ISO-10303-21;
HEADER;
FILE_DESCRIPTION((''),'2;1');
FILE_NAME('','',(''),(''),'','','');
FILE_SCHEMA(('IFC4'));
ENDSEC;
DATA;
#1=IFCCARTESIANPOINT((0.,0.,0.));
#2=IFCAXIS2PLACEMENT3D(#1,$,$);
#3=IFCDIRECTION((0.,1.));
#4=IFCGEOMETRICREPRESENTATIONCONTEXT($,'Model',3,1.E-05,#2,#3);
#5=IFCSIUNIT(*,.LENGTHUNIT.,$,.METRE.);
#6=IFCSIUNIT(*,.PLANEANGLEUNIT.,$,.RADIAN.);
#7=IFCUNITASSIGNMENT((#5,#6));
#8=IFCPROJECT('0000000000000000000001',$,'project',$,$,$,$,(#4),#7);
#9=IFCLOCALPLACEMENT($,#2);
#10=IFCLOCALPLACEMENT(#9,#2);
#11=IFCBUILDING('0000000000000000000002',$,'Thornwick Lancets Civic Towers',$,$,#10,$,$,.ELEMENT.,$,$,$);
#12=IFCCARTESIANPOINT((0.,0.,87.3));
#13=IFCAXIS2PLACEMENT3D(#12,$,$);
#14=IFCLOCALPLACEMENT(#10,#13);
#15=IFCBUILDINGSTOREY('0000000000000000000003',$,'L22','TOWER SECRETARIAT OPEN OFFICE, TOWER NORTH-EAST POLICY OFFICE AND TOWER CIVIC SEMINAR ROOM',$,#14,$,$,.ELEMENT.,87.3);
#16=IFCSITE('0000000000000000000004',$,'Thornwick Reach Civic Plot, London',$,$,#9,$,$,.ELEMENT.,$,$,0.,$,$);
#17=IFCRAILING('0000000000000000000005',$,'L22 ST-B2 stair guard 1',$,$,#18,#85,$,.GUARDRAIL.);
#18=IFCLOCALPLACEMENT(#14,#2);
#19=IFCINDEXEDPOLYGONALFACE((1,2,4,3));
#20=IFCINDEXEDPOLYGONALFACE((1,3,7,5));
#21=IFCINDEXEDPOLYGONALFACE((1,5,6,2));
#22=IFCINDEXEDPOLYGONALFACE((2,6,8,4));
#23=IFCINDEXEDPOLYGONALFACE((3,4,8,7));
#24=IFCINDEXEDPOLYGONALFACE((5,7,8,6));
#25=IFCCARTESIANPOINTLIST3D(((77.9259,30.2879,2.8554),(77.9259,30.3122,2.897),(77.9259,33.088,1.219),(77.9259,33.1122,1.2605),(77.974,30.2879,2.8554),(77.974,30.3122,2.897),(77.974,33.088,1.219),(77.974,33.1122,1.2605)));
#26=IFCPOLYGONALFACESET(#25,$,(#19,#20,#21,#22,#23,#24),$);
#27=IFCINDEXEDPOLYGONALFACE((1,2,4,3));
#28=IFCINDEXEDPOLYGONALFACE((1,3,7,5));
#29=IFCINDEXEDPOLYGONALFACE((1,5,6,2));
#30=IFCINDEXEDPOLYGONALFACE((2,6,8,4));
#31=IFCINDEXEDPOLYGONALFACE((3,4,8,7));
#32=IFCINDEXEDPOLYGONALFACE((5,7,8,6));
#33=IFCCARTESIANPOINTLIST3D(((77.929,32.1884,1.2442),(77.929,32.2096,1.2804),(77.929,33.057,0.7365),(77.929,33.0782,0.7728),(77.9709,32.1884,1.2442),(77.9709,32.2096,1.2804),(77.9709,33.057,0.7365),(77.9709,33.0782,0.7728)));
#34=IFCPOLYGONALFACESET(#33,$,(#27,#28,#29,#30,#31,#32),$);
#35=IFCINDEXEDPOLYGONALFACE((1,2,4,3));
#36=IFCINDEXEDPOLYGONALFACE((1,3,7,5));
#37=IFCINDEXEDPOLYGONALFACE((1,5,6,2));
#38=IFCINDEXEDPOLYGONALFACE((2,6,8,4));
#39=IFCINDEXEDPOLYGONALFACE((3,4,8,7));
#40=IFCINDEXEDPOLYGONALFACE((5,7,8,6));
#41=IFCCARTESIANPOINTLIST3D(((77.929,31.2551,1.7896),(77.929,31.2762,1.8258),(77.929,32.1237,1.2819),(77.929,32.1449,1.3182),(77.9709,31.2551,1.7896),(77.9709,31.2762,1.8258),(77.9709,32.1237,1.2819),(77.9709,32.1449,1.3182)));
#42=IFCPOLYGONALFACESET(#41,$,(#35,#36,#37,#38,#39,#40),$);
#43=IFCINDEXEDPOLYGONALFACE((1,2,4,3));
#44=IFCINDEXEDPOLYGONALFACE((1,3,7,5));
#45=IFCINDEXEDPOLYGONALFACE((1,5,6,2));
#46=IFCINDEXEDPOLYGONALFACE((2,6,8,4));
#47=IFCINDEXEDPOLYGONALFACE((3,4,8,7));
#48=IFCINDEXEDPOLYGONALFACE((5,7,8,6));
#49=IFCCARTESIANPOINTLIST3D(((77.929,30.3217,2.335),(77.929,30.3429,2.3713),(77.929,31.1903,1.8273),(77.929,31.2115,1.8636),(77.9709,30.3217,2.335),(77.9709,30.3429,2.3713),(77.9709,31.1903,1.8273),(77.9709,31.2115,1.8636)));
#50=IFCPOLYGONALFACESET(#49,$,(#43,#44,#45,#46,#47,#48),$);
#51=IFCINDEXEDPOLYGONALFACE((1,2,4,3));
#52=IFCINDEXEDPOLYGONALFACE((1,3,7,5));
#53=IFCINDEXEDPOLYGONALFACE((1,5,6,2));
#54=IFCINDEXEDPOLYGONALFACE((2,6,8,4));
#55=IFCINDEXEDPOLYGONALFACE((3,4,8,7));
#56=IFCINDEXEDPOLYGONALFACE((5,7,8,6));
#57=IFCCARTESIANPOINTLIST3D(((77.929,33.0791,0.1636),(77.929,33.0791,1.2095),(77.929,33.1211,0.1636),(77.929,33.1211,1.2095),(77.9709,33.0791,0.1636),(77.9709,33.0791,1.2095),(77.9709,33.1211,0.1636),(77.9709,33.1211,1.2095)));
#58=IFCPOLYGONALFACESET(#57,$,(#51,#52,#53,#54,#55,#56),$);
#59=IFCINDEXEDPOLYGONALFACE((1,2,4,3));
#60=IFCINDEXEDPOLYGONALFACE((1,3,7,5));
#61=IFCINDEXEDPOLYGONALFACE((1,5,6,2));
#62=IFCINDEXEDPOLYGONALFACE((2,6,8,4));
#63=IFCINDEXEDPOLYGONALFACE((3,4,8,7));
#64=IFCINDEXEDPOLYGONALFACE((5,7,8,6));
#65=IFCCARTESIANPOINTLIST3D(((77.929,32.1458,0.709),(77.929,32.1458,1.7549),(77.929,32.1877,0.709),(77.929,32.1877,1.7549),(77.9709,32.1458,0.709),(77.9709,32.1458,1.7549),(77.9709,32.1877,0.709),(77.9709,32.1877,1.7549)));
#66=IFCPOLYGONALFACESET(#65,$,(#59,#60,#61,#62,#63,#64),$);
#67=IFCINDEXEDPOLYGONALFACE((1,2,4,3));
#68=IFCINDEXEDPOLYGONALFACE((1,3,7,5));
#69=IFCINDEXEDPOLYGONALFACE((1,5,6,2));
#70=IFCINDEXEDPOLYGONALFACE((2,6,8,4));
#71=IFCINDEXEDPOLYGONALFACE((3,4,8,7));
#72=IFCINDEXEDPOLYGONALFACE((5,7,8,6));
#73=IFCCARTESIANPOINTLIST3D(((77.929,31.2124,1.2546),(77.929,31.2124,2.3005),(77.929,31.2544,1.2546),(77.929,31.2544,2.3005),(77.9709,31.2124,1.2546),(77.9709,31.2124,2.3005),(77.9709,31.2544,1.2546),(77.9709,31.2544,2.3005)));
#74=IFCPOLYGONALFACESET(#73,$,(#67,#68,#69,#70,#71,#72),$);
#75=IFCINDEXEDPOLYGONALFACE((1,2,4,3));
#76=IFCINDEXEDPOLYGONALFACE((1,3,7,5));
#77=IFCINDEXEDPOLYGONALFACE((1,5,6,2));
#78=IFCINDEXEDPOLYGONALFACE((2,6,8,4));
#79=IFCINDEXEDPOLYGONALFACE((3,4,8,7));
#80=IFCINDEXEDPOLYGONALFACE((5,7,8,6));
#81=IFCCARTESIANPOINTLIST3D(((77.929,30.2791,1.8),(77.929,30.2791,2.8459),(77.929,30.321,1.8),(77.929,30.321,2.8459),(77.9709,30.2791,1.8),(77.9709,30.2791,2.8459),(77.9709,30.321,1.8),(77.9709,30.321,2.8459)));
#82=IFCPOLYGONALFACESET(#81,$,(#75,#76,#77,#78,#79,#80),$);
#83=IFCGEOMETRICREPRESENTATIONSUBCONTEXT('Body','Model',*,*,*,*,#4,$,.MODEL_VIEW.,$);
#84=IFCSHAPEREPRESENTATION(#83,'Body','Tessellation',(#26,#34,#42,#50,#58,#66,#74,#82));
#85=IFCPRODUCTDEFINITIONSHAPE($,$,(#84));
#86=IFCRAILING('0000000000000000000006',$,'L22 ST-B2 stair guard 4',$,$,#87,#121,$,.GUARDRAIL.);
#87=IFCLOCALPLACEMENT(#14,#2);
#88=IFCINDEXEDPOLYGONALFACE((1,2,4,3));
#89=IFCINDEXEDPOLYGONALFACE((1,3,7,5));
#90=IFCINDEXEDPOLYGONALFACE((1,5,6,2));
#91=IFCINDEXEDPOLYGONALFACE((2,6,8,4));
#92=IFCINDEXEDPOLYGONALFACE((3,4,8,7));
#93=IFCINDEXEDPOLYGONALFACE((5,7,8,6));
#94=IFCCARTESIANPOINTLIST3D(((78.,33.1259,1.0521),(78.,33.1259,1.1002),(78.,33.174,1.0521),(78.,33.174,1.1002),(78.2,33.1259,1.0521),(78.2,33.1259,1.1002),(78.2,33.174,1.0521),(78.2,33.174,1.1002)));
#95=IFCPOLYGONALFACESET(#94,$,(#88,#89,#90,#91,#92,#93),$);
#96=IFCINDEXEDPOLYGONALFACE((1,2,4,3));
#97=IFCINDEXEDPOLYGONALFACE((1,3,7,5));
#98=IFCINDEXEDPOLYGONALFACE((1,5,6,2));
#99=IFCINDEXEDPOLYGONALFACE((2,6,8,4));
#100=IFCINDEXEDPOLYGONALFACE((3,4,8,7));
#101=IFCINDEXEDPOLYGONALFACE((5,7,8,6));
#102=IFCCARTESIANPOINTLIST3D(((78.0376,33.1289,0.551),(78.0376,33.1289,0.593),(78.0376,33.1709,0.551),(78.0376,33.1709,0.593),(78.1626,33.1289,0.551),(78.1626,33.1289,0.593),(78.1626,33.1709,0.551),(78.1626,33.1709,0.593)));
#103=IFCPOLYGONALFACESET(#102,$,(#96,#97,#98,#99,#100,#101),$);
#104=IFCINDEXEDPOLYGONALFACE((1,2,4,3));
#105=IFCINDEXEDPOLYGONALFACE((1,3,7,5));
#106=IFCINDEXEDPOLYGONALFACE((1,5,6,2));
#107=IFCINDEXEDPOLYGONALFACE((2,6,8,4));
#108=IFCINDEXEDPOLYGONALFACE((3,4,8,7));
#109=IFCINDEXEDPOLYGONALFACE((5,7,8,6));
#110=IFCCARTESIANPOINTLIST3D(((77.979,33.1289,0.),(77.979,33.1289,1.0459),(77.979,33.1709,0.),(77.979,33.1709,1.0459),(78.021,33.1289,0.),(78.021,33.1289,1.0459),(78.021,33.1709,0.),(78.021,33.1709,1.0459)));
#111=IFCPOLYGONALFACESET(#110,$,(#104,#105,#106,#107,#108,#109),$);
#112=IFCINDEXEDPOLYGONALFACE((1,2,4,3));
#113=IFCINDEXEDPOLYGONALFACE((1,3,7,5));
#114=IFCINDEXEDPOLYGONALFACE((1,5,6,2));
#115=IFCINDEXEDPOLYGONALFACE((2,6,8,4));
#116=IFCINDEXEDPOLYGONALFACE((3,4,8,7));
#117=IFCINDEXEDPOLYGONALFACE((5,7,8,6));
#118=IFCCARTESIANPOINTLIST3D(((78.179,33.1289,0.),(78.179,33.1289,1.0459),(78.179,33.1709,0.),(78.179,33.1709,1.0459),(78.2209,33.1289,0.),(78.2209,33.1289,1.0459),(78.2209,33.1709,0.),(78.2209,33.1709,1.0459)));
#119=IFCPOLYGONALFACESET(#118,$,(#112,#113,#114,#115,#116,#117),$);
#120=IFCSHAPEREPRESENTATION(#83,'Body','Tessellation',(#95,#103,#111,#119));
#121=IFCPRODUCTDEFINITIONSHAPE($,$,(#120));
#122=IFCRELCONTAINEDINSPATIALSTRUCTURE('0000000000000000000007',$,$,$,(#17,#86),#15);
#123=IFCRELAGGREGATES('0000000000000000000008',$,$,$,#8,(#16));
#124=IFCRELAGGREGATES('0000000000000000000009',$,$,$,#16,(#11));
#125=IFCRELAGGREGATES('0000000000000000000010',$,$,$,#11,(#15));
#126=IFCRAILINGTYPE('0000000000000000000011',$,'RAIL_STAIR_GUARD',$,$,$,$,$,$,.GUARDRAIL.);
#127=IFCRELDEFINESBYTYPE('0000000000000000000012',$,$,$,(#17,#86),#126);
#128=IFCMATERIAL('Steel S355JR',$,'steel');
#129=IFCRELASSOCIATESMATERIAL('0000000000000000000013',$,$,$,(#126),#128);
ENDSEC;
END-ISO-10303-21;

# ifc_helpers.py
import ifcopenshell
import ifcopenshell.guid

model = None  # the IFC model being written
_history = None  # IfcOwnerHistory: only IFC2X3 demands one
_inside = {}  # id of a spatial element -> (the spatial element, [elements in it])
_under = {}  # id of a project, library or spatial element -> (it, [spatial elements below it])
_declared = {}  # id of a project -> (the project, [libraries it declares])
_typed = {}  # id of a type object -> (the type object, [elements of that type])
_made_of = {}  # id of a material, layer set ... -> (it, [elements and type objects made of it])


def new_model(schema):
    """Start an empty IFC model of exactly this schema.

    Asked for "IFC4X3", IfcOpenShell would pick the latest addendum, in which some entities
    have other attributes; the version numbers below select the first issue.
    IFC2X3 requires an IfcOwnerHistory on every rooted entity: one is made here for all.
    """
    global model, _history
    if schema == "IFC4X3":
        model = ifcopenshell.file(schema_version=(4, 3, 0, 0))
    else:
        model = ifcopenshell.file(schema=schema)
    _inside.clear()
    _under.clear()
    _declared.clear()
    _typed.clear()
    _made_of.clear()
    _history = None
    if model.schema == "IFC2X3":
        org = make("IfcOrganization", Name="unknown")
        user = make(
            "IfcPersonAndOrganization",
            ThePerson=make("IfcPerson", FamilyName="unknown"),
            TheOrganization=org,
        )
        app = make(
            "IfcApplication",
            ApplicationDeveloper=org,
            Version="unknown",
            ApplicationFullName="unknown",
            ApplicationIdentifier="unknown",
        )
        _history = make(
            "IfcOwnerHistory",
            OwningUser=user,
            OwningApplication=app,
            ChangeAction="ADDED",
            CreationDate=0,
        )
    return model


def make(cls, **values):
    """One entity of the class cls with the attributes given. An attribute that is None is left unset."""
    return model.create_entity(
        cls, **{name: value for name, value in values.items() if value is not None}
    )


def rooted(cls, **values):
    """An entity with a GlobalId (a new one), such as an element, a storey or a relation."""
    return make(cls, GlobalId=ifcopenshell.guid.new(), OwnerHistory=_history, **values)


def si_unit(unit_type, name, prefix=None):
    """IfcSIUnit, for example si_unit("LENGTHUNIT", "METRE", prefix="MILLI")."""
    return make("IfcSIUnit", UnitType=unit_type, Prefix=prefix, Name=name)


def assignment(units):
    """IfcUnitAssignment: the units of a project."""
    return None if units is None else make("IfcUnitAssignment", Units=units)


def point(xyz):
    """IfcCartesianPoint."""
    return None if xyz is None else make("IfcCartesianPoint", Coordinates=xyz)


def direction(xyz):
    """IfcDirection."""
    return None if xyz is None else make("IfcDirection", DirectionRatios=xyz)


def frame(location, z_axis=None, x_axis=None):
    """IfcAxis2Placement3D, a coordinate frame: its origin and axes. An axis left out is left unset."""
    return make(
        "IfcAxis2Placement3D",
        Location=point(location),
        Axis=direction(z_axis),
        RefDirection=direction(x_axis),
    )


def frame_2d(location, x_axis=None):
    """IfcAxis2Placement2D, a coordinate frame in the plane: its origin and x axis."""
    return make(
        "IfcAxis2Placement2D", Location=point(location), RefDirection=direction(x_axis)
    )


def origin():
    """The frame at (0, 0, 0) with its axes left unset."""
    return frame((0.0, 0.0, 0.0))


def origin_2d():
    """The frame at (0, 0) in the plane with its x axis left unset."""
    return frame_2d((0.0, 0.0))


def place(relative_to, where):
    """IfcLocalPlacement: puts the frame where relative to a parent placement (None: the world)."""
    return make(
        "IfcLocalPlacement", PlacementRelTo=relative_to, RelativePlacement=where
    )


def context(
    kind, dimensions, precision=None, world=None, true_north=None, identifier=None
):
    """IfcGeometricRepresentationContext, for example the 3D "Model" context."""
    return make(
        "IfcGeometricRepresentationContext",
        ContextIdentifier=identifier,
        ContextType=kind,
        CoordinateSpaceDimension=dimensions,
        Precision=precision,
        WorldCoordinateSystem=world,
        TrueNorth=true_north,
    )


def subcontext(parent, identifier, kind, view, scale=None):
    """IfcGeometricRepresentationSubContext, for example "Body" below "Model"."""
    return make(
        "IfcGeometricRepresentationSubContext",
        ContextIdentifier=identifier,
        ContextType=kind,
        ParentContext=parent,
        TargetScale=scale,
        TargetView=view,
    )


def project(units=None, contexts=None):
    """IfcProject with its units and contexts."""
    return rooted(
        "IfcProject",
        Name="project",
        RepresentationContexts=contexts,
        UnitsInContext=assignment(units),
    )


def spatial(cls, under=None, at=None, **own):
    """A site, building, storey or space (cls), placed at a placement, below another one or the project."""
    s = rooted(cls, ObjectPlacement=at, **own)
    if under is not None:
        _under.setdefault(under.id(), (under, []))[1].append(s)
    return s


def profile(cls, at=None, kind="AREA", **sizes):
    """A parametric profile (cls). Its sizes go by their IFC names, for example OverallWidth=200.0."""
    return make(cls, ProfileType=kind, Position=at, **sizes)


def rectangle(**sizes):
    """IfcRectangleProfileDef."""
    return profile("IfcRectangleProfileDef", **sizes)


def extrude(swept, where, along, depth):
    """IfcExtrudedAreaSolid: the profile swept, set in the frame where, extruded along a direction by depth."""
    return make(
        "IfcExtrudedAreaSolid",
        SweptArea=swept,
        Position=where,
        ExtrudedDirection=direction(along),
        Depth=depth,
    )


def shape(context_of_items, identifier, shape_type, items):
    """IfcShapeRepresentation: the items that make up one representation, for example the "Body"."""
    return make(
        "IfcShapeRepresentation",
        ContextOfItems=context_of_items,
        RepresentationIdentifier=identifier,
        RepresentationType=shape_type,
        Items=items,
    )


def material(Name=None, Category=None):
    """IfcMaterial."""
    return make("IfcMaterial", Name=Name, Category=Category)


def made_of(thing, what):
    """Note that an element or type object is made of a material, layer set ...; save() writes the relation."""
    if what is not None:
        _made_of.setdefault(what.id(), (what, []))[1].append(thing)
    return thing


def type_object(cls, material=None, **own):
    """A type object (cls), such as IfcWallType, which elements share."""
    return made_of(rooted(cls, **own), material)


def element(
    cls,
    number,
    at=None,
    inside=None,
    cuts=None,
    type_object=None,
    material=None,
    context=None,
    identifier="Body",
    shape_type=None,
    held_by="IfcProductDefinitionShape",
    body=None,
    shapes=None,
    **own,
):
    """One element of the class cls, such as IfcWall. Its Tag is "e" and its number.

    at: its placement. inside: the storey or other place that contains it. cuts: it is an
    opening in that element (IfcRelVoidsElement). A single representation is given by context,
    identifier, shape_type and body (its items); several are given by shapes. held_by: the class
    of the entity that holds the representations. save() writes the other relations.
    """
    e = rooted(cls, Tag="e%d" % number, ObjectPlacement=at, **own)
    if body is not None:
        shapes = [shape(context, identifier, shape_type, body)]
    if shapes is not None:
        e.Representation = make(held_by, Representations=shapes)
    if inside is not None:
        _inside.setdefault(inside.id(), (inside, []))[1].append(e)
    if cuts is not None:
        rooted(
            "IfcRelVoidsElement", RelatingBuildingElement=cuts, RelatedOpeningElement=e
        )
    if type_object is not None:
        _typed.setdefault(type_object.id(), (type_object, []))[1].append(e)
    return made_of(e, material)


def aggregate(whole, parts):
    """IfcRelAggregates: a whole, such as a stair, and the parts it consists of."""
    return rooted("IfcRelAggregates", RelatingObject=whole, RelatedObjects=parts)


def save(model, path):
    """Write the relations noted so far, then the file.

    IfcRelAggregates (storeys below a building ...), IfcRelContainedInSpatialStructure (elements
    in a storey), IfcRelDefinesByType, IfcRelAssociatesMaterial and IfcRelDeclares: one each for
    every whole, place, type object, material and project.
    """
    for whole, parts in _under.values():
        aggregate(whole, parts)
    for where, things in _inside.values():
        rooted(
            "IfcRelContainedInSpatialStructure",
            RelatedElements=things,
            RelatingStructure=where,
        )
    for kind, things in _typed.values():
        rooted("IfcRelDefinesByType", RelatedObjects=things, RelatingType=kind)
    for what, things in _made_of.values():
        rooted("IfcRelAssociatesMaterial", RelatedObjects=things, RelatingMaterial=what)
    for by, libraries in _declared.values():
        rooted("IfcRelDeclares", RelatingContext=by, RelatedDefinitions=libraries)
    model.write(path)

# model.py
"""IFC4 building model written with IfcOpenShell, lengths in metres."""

from ifc_helpers import new_model, si_unit, direction, frame, origin, origin_2d, place, context, subcontext, project, spatial, rectangle, extrude, material, type_object, element, save


model = new_model("IFC4")

# Units and contexts
model_context = context("Model", 3, precision=1e-05, world=origin(), true_north=direction((0.0, 1.0)))
body_context = subcontext(model_context, "Body", "Model", "MODEL_VIEW")
ifc_project = project(units=[si_unit("LENGTHUNIT", "METRE"), si_unit("PLANEANGLEUNIT", "RADIAN")], contexts=[model_context])

# Site, building, storey
site_placement = place(None, origin())
site = spatial("IfcSite", under=ifc_project, at=site_placement, Name="Thornwick Reach Civic Plot, London", CompositionType="ELEMENT", RefElevation=0.0)
building_placement = place(site_placement, origin())
building = spatial("IfcBuilding", under=site, at=building_placement, Name="Thornwick Lancets Civic Towers", CompositionType="ELEMENT")
storey_placement = place(building_placement, frame((0.0, 0.0, 87.3)))
storey = spatial("IfcBuildingStorey", under=building, at=storey_placement, Name="L22", Description="TOWER SECRETARIAT OPEN OFFICE, TOWER NORTH-EAST POLICY OFFICE AND TOWER CIVIC SEMINAR ROOM", CompositionType="ELEMENT", Elevation=87.3)

# Railings
ifc_material_1 = material(Name="Steel S355JR", Category="steel")
railing_type_1 = type_object("IfcRailingType", Name="RAIL_STAIR_GUARD", PredefinedType="GUARDRAIL", material=ifc_material_1)
railing_1_placement = place(storey_placement, frame((77.95, 33.1001, 0.1636)))
element("IfcRailing", 1, at=railing_1_placement, inside=storey, type_object=railing_type_1, Name="L22 ST-B2 stair guard 1", PredefinedType="GUARDRAIL", context=body_context, shape_type="SweptSolid", body=[
    extrude(rectangle(XDim=0.0481, YDim=0.0481, at=origin_2d()), frame((0.0, 0.0, 1.0762), z_axis=(0.0, -0.863361, 0.504587), x_axis=(1.0, 0.0, 0.0)), (0.0, 0.0, 1.0), 3.2432),
    extrude(rectangle(XDim=0.042, YDim=0.042, at=origin_2d()), frame((0.0, -0.0325, 0.5911), z_axis=(0.0, -0.863361, 0.504587), x_axis=(1.0, 0.0, 0.0)), (0.0, 0.0, 1.0), 1.0061),
    extrude(rectangle(XDim=0.042, YDim=0.042, at=origin_2d()), frame((0.0, -0.9658, 1.1365), z_axis=(0.0, -0.863361, 0.504587), x_axis=(1.0, 0.0, 0.0)), (0.0, 0.0, 1.0), 1.0061),
    extrude(rectangle(XDim=0.042, YDim=0.042, at=origin_2d()), frame((0.0, -1.8992, 1.6819), z_axis=(0.0, -0.863361, 0.504587), x_axis=(1.0, 0.0, 0.0)), (0.0, 0.0, 1.0), 1.0061),
    extrude(rectangle(XDim=0.042, YDim=0.042, at=origin_2d()), origin(), (0.0, 0.0, 1.0), 1.0459),
    extrude(rectangle(XDim=0.042, YDim=0.042, at=origin_2d()), frame((0.0, -0.9333, 0.5454)), (0.0, 0.0, 1.0), 1.0459),
    extrude(rectangle(XDim=0.042, YDim=0.042, at=origin_2d()), frame((0.0, -1.8667, 1.0911)), (0.0, 0.0, 1.0), 1.0459),
    extrude(rectangle(XDim=0.042, YDim=0.042, at=origin_2d()), frame((0.0, -2.8, 1.6365)), (0.0, 0.0, 1.0), 1.0459),
])
railing_2_placement = place(storey_placement, frame((78.0, 33.1499, 0.0)))
element("IfcRailing", 2, at=railing_2_placement, inside=storey, type_object=railing_type_1, Name="L22 ST-B2 stair guard 4", PredefinedType="GUARDRAIL", context=body_context, shape_type="SweptSolid", body=[
    extrude(rectangle(XDim=0.0481, YDim=0.0481, at=origin_2d()), frame((0.0, 0.0, 1.0762), z_axis=(1.0, 0.0, 0.0), x_axis=(0.0, 1.0, 0.0)), (0.0, 0.0, 1.0), 0.2),
    extrude(rectangle(XDim=0.042, YDim=0.042, at=origin_2d()), frame((0.0376, 0.0, 0.572), z_axis=(1.0, 0.0, 0.0), x_axis=(0.0, 1.0, 0.0)), (0.0, 0.0, 1.0), 0.125),
    extrude(rectangle(XDim=0.042, YDim=0.042, at=origin_2d()), origin(), (0.0, 0.0, 1.0), 1.0459),
    extrude(rectangle(XDim=0.042, YDim=0.042, at=origin_2d()), frame((0.2, 0.0, 0.0)), (0.0, 0.0, 1.0), 1.0459),
])

save(model, "model.ifc")
